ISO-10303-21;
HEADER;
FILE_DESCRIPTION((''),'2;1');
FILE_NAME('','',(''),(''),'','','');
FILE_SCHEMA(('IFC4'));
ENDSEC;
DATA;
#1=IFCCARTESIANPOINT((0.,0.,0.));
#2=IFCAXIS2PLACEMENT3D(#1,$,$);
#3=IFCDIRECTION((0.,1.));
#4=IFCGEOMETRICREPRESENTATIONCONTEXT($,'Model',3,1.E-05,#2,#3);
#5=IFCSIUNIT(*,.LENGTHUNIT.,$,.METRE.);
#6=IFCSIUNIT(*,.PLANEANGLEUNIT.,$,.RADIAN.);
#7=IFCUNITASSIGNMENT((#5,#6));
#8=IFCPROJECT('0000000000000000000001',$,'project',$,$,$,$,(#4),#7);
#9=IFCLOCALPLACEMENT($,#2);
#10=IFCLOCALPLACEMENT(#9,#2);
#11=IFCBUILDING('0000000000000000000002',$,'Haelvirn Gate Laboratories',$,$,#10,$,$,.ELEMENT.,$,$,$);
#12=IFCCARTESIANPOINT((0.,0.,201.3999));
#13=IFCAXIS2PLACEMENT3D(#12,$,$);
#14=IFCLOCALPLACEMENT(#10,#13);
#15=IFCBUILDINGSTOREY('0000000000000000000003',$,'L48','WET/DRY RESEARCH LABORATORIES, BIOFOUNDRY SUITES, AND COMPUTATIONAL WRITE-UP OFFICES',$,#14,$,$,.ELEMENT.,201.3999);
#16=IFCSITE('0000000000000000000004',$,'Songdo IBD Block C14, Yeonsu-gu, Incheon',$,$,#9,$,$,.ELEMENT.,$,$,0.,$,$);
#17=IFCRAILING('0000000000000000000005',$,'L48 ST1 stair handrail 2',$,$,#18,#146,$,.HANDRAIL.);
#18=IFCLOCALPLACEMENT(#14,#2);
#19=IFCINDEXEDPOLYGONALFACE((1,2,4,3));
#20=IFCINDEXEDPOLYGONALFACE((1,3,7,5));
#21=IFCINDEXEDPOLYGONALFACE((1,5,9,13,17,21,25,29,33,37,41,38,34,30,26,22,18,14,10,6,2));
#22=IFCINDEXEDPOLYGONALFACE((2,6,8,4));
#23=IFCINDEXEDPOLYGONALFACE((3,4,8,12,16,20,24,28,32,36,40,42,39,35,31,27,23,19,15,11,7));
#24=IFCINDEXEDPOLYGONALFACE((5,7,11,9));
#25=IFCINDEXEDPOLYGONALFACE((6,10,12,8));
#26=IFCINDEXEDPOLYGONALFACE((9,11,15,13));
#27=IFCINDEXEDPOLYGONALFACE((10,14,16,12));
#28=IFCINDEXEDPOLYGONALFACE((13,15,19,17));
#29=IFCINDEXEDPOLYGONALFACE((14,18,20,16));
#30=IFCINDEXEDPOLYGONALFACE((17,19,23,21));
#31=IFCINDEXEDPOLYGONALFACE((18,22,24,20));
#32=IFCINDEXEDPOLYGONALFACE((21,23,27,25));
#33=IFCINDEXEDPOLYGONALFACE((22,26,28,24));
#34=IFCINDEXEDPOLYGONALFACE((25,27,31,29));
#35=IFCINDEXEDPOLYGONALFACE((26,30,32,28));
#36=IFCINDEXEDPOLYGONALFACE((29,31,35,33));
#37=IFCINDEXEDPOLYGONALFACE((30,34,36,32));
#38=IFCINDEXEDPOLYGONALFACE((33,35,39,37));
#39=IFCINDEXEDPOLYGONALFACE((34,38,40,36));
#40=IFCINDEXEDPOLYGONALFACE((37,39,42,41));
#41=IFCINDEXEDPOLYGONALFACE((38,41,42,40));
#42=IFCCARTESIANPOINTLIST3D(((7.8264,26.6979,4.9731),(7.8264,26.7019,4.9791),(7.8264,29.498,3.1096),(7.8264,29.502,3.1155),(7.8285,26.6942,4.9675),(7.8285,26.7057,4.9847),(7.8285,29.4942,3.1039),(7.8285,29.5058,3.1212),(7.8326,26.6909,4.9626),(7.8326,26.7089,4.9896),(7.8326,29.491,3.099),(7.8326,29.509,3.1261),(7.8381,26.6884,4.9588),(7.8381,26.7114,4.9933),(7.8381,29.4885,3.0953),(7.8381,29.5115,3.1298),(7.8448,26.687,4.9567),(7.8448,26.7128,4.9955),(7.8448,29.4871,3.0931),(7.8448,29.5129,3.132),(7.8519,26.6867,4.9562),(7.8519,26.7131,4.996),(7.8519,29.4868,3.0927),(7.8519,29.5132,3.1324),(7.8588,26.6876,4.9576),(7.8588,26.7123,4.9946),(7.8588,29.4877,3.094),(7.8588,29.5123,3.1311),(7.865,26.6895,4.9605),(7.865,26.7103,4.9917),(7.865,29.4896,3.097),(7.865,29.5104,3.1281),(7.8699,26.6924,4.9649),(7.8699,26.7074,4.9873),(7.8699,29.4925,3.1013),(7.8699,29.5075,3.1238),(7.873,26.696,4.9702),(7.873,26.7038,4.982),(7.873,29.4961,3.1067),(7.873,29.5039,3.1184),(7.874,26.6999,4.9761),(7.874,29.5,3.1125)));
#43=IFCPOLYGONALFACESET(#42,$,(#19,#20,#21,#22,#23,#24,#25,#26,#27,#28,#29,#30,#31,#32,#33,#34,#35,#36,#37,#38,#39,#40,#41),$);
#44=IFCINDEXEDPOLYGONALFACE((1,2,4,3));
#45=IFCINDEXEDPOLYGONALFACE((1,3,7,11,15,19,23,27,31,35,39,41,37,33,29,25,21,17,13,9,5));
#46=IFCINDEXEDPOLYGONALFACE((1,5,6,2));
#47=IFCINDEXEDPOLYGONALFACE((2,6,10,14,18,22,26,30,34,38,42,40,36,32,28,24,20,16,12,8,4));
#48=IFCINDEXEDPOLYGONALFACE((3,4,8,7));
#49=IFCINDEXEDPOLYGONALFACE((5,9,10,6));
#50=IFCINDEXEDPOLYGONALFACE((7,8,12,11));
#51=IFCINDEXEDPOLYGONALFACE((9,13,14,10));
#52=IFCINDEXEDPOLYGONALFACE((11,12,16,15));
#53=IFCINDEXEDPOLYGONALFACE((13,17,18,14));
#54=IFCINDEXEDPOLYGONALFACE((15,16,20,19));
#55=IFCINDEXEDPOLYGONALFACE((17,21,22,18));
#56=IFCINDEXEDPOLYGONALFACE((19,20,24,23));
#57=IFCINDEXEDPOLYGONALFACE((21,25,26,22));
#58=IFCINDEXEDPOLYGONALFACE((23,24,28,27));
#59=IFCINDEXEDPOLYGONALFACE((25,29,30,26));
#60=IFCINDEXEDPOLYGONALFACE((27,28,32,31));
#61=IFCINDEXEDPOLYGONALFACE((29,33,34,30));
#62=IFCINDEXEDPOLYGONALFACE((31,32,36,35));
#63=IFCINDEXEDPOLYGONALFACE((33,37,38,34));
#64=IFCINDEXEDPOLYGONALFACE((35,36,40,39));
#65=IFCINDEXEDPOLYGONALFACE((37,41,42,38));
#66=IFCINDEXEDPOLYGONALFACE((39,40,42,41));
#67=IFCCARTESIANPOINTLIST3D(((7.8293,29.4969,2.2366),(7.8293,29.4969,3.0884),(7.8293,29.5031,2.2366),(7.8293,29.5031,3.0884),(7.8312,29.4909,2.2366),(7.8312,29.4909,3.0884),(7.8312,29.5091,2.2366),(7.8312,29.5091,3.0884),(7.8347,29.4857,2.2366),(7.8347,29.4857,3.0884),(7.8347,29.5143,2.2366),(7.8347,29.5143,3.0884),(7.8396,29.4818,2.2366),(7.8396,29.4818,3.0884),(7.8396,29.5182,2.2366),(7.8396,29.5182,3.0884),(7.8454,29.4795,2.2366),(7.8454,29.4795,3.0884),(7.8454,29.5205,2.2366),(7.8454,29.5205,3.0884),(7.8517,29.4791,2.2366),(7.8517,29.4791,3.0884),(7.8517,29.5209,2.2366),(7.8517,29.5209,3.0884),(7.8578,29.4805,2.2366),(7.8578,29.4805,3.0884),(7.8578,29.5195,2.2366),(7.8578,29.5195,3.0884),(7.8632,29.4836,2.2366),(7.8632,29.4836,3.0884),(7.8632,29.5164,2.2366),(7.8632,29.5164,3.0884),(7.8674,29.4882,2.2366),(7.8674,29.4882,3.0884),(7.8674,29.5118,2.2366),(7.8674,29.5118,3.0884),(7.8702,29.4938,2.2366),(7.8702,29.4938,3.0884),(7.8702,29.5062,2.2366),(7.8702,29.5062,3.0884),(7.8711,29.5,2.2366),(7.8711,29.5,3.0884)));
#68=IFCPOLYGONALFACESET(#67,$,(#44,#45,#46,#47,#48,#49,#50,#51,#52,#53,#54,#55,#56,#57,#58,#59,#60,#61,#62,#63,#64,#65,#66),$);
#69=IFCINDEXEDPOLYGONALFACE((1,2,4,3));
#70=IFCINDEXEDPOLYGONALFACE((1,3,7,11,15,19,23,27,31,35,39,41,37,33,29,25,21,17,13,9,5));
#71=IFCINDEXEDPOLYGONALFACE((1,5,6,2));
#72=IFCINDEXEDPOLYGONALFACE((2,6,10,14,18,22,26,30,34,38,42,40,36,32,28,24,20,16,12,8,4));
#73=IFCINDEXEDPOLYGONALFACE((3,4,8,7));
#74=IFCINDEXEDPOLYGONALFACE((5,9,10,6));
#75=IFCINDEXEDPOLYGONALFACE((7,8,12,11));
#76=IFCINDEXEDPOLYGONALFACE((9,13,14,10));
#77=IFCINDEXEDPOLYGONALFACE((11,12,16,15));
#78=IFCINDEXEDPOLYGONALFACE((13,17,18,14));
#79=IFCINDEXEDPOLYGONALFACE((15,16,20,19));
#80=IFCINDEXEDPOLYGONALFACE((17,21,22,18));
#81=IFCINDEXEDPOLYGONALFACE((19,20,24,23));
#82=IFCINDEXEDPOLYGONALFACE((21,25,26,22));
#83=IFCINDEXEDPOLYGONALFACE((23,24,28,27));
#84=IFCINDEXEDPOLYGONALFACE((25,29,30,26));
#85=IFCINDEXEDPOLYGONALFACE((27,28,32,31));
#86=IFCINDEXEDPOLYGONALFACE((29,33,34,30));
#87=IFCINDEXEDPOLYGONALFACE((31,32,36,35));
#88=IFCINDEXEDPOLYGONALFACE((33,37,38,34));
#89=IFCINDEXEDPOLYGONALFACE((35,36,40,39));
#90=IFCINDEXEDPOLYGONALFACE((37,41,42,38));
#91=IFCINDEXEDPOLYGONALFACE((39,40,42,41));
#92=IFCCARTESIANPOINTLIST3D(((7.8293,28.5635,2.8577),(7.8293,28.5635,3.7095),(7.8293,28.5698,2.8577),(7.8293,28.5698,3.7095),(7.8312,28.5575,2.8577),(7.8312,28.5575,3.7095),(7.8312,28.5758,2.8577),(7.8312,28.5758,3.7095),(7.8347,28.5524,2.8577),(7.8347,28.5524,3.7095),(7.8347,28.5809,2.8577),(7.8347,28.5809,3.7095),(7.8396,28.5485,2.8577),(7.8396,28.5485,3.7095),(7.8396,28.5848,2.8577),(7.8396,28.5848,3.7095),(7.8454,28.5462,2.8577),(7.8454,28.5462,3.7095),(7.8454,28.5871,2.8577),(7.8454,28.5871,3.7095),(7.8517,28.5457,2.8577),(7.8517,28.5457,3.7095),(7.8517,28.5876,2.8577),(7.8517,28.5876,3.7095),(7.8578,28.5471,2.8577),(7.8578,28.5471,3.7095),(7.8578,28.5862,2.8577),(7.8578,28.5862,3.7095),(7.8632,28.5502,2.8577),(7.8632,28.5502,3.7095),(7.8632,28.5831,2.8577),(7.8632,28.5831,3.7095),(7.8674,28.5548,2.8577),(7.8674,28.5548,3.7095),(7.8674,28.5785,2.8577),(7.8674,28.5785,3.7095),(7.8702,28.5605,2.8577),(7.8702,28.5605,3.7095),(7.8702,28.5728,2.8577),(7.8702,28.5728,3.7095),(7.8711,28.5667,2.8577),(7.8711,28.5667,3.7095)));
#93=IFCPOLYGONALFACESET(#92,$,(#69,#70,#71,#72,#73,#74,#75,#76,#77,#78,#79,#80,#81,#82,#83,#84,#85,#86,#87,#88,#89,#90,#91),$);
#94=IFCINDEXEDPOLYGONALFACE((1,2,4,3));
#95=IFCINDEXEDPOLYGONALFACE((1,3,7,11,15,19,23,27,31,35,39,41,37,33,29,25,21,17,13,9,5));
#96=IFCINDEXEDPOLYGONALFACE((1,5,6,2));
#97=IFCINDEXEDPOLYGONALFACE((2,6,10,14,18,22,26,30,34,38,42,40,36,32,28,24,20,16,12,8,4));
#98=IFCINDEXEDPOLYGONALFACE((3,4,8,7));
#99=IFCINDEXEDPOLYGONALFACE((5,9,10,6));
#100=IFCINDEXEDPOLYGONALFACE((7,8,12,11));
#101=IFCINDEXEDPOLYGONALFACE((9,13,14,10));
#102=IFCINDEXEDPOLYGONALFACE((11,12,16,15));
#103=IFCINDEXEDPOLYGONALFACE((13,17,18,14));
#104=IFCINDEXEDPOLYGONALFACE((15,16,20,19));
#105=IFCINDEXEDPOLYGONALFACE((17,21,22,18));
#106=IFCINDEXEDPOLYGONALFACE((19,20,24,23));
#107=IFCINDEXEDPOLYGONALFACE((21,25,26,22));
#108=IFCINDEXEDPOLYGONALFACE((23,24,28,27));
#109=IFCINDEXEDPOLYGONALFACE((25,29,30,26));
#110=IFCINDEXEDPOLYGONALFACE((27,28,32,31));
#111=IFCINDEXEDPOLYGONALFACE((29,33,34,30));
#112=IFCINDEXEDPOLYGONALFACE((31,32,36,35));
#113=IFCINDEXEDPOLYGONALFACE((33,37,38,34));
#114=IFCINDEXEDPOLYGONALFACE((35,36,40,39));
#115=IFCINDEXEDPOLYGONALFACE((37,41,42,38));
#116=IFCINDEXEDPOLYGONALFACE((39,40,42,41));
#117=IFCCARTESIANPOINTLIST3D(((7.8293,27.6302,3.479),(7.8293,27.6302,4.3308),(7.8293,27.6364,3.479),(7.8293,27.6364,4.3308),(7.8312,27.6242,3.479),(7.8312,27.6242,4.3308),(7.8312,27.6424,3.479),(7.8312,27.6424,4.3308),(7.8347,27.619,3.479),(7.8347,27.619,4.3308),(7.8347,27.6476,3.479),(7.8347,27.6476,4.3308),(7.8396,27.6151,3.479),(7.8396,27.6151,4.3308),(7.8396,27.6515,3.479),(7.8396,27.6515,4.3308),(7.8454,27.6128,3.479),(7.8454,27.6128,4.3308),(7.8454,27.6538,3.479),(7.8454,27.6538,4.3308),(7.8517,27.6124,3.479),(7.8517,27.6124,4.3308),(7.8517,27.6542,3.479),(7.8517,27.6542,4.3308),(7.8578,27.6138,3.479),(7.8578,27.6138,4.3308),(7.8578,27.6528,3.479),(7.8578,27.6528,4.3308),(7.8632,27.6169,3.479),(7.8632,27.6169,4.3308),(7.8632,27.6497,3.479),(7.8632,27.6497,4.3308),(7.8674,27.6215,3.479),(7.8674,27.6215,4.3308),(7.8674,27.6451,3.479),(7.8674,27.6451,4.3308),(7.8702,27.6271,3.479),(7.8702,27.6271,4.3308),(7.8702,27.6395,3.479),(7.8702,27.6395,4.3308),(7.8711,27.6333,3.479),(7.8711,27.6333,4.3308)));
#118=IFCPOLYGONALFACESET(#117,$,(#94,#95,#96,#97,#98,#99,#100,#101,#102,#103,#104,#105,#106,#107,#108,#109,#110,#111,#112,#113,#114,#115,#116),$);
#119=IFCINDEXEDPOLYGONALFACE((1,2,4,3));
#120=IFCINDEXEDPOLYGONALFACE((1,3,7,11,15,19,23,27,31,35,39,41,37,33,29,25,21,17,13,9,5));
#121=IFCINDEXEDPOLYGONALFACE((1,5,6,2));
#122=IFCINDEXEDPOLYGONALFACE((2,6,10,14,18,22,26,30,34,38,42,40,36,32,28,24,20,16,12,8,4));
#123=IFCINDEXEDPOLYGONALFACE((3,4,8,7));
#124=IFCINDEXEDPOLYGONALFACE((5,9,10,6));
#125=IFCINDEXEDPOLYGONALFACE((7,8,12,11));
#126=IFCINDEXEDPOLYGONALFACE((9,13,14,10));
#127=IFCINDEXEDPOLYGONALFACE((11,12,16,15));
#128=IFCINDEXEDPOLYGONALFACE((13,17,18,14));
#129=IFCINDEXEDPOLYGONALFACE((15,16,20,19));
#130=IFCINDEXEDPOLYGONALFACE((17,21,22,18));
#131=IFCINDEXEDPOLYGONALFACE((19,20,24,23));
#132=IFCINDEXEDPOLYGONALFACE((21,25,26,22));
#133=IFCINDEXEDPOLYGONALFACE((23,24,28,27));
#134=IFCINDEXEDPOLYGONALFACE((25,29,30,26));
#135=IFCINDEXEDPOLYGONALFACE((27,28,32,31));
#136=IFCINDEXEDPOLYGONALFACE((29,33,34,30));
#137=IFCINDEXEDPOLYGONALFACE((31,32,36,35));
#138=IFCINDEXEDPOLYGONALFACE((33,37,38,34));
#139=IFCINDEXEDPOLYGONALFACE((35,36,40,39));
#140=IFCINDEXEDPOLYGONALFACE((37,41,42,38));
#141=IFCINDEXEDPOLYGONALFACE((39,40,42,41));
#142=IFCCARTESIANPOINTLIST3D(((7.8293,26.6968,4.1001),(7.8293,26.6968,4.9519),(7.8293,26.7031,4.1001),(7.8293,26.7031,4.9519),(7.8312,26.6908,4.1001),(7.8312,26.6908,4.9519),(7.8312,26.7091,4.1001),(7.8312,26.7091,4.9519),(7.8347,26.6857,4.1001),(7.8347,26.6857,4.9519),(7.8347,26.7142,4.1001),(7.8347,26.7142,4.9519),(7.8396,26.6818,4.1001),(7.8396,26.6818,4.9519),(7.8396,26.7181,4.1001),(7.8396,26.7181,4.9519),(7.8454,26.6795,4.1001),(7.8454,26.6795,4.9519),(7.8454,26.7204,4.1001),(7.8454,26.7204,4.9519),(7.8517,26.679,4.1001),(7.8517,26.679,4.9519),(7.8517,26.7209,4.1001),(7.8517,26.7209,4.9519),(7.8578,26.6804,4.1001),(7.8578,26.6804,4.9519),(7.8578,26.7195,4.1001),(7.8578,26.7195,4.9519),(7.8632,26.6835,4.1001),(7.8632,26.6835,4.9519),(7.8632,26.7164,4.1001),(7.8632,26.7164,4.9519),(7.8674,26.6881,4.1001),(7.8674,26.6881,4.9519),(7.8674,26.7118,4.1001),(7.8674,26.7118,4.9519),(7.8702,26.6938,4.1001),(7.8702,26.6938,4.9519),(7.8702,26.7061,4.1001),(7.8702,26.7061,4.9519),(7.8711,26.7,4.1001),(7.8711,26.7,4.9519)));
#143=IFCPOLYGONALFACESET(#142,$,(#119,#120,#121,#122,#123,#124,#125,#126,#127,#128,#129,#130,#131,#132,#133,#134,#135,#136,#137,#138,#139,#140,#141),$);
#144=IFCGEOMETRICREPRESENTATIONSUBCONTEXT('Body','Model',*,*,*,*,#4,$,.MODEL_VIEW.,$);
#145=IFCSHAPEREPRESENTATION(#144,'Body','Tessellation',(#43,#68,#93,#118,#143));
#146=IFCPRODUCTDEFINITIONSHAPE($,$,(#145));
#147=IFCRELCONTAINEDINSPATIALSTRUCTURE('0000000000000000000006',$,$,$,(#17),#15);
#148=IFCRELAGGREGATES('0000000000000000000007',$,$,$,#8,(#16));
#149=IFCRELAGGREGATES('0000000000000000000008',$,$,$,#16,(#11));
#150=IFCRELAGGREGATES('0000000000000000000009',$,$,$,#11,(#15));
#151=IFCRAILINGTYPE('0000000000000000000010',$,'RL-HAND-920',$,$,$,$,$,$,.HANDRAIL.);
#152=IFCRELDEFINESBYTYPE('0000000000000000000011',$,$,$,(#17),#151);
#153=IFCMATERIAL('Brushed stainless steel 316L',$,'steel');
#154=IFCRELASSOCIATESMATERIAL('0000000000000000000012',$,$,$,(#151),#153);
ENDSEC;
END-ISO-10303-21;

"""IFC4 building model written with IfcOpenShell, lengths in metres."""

from ifc_helpers import new_model, si_unit, direction, frame, origin, origin_2d, place, context, subcontext, project, spatial, circle, extrude, source, transform, mapped, material, type_object, element, save


model = new_model("IFC4")

# Units and contexts
model_context = context("Model", 3, precision=1e-05, world=origin(), true_north=direction((0.0, 1.0)))
body_context = subcontext(model_context, "Body", "Model", "MODEL_VIEW")
ifc_project = project(units=[si_unit("LENGTHUNIT", "METRE"), si_unit("PLANEANGLEUNIT", "RADIAN")], contexts=[model_context])

# Site, building, storey
site_placement = place(None, origin())
site = spatial("IfcSite", under=ifc_project, at=site_placement, Name="Songdo IBD Block C14, Yeonsu-gu, Incheon", CompositionType="ELEMENT", RefElevation=0.0)
building_placement = place(site_placement, origin())
building = spatial("IfcBuilding", under=site, at=building_placement, Name="Haelvirn Gate Laboratories", CompositionType="ELEMENT")
storey_placement = place(building_placement, frame((0.0, 0.0, 201.3999)))
storey = spatial("IfcBuildingStorey", under=building, at=storey_placement, Name="L48", Description="WET/DRY RESEARCH LABORATORIES, BIOFOUNDRY SUITES, AND COMPUTATIONAL WRITE-UP OFFICES", CompositionType="ELEMENT", Elevation=201.3999)

# Railing
ifc_material_1 = material(Name="Brushed stainless steel 316L", Category="steel")
railing_type_1 = type_object("IfcRailingType", Name="RL-HAND-920", PredefinedType="HANDRAIL", material=ifc_material_1)
shared_shape_1 = source(origin(), body_context, "Body", "SweptSolid", [
    extrude(circle(Radius=0.0239, at=origin_2d()), frame((0.0, 0.0, 0.876), z_axis=(0.0, -0.832486, 0.554047), x_axis=(1.0, 0.0, 0.0)), (0.0, 0.0, 1.0), 3.3635),
    extrude(circle(Radius=0.021, at=origin_2d()), origin(), (0.0, 0.0, 1.0), 0.8518),
    extrude(circle(Radius=0.021, at=origin_2d()), frame((0.0, -0.9333, 0.6211)), (0.0, 0.0, 1.0), 0.8518),
    extrude(circle(Radius=0.021, at=origin_2d()), frame((0.0, -1.8667, 1.2424)), (0.0, 0.0, 1.0), 0.8518),
    extrude(circle(Radius=0.021, at=origin_2d()), frame((0.0, -2.8, 1.8635)), (0.0, 0.0, 1.0), 0.8518),
])
railing_1_placement = place(storey_placement, frame((7.8501, 29.5, 2.2366)))
element("IfcRailing", 1, at=railing_1_placement, inside=storey, type_object=railing_type_1, Name="L48 ST1 stair handrail 2", PredefinedType="HANDRAIL", context=body_context, shape_type="MappedRepresentation", body=[
    mapped(shared_shape_1, transform((0.0, 0.0, 0.0), scale=1.0)),
])

save(model, "model.ifc")
